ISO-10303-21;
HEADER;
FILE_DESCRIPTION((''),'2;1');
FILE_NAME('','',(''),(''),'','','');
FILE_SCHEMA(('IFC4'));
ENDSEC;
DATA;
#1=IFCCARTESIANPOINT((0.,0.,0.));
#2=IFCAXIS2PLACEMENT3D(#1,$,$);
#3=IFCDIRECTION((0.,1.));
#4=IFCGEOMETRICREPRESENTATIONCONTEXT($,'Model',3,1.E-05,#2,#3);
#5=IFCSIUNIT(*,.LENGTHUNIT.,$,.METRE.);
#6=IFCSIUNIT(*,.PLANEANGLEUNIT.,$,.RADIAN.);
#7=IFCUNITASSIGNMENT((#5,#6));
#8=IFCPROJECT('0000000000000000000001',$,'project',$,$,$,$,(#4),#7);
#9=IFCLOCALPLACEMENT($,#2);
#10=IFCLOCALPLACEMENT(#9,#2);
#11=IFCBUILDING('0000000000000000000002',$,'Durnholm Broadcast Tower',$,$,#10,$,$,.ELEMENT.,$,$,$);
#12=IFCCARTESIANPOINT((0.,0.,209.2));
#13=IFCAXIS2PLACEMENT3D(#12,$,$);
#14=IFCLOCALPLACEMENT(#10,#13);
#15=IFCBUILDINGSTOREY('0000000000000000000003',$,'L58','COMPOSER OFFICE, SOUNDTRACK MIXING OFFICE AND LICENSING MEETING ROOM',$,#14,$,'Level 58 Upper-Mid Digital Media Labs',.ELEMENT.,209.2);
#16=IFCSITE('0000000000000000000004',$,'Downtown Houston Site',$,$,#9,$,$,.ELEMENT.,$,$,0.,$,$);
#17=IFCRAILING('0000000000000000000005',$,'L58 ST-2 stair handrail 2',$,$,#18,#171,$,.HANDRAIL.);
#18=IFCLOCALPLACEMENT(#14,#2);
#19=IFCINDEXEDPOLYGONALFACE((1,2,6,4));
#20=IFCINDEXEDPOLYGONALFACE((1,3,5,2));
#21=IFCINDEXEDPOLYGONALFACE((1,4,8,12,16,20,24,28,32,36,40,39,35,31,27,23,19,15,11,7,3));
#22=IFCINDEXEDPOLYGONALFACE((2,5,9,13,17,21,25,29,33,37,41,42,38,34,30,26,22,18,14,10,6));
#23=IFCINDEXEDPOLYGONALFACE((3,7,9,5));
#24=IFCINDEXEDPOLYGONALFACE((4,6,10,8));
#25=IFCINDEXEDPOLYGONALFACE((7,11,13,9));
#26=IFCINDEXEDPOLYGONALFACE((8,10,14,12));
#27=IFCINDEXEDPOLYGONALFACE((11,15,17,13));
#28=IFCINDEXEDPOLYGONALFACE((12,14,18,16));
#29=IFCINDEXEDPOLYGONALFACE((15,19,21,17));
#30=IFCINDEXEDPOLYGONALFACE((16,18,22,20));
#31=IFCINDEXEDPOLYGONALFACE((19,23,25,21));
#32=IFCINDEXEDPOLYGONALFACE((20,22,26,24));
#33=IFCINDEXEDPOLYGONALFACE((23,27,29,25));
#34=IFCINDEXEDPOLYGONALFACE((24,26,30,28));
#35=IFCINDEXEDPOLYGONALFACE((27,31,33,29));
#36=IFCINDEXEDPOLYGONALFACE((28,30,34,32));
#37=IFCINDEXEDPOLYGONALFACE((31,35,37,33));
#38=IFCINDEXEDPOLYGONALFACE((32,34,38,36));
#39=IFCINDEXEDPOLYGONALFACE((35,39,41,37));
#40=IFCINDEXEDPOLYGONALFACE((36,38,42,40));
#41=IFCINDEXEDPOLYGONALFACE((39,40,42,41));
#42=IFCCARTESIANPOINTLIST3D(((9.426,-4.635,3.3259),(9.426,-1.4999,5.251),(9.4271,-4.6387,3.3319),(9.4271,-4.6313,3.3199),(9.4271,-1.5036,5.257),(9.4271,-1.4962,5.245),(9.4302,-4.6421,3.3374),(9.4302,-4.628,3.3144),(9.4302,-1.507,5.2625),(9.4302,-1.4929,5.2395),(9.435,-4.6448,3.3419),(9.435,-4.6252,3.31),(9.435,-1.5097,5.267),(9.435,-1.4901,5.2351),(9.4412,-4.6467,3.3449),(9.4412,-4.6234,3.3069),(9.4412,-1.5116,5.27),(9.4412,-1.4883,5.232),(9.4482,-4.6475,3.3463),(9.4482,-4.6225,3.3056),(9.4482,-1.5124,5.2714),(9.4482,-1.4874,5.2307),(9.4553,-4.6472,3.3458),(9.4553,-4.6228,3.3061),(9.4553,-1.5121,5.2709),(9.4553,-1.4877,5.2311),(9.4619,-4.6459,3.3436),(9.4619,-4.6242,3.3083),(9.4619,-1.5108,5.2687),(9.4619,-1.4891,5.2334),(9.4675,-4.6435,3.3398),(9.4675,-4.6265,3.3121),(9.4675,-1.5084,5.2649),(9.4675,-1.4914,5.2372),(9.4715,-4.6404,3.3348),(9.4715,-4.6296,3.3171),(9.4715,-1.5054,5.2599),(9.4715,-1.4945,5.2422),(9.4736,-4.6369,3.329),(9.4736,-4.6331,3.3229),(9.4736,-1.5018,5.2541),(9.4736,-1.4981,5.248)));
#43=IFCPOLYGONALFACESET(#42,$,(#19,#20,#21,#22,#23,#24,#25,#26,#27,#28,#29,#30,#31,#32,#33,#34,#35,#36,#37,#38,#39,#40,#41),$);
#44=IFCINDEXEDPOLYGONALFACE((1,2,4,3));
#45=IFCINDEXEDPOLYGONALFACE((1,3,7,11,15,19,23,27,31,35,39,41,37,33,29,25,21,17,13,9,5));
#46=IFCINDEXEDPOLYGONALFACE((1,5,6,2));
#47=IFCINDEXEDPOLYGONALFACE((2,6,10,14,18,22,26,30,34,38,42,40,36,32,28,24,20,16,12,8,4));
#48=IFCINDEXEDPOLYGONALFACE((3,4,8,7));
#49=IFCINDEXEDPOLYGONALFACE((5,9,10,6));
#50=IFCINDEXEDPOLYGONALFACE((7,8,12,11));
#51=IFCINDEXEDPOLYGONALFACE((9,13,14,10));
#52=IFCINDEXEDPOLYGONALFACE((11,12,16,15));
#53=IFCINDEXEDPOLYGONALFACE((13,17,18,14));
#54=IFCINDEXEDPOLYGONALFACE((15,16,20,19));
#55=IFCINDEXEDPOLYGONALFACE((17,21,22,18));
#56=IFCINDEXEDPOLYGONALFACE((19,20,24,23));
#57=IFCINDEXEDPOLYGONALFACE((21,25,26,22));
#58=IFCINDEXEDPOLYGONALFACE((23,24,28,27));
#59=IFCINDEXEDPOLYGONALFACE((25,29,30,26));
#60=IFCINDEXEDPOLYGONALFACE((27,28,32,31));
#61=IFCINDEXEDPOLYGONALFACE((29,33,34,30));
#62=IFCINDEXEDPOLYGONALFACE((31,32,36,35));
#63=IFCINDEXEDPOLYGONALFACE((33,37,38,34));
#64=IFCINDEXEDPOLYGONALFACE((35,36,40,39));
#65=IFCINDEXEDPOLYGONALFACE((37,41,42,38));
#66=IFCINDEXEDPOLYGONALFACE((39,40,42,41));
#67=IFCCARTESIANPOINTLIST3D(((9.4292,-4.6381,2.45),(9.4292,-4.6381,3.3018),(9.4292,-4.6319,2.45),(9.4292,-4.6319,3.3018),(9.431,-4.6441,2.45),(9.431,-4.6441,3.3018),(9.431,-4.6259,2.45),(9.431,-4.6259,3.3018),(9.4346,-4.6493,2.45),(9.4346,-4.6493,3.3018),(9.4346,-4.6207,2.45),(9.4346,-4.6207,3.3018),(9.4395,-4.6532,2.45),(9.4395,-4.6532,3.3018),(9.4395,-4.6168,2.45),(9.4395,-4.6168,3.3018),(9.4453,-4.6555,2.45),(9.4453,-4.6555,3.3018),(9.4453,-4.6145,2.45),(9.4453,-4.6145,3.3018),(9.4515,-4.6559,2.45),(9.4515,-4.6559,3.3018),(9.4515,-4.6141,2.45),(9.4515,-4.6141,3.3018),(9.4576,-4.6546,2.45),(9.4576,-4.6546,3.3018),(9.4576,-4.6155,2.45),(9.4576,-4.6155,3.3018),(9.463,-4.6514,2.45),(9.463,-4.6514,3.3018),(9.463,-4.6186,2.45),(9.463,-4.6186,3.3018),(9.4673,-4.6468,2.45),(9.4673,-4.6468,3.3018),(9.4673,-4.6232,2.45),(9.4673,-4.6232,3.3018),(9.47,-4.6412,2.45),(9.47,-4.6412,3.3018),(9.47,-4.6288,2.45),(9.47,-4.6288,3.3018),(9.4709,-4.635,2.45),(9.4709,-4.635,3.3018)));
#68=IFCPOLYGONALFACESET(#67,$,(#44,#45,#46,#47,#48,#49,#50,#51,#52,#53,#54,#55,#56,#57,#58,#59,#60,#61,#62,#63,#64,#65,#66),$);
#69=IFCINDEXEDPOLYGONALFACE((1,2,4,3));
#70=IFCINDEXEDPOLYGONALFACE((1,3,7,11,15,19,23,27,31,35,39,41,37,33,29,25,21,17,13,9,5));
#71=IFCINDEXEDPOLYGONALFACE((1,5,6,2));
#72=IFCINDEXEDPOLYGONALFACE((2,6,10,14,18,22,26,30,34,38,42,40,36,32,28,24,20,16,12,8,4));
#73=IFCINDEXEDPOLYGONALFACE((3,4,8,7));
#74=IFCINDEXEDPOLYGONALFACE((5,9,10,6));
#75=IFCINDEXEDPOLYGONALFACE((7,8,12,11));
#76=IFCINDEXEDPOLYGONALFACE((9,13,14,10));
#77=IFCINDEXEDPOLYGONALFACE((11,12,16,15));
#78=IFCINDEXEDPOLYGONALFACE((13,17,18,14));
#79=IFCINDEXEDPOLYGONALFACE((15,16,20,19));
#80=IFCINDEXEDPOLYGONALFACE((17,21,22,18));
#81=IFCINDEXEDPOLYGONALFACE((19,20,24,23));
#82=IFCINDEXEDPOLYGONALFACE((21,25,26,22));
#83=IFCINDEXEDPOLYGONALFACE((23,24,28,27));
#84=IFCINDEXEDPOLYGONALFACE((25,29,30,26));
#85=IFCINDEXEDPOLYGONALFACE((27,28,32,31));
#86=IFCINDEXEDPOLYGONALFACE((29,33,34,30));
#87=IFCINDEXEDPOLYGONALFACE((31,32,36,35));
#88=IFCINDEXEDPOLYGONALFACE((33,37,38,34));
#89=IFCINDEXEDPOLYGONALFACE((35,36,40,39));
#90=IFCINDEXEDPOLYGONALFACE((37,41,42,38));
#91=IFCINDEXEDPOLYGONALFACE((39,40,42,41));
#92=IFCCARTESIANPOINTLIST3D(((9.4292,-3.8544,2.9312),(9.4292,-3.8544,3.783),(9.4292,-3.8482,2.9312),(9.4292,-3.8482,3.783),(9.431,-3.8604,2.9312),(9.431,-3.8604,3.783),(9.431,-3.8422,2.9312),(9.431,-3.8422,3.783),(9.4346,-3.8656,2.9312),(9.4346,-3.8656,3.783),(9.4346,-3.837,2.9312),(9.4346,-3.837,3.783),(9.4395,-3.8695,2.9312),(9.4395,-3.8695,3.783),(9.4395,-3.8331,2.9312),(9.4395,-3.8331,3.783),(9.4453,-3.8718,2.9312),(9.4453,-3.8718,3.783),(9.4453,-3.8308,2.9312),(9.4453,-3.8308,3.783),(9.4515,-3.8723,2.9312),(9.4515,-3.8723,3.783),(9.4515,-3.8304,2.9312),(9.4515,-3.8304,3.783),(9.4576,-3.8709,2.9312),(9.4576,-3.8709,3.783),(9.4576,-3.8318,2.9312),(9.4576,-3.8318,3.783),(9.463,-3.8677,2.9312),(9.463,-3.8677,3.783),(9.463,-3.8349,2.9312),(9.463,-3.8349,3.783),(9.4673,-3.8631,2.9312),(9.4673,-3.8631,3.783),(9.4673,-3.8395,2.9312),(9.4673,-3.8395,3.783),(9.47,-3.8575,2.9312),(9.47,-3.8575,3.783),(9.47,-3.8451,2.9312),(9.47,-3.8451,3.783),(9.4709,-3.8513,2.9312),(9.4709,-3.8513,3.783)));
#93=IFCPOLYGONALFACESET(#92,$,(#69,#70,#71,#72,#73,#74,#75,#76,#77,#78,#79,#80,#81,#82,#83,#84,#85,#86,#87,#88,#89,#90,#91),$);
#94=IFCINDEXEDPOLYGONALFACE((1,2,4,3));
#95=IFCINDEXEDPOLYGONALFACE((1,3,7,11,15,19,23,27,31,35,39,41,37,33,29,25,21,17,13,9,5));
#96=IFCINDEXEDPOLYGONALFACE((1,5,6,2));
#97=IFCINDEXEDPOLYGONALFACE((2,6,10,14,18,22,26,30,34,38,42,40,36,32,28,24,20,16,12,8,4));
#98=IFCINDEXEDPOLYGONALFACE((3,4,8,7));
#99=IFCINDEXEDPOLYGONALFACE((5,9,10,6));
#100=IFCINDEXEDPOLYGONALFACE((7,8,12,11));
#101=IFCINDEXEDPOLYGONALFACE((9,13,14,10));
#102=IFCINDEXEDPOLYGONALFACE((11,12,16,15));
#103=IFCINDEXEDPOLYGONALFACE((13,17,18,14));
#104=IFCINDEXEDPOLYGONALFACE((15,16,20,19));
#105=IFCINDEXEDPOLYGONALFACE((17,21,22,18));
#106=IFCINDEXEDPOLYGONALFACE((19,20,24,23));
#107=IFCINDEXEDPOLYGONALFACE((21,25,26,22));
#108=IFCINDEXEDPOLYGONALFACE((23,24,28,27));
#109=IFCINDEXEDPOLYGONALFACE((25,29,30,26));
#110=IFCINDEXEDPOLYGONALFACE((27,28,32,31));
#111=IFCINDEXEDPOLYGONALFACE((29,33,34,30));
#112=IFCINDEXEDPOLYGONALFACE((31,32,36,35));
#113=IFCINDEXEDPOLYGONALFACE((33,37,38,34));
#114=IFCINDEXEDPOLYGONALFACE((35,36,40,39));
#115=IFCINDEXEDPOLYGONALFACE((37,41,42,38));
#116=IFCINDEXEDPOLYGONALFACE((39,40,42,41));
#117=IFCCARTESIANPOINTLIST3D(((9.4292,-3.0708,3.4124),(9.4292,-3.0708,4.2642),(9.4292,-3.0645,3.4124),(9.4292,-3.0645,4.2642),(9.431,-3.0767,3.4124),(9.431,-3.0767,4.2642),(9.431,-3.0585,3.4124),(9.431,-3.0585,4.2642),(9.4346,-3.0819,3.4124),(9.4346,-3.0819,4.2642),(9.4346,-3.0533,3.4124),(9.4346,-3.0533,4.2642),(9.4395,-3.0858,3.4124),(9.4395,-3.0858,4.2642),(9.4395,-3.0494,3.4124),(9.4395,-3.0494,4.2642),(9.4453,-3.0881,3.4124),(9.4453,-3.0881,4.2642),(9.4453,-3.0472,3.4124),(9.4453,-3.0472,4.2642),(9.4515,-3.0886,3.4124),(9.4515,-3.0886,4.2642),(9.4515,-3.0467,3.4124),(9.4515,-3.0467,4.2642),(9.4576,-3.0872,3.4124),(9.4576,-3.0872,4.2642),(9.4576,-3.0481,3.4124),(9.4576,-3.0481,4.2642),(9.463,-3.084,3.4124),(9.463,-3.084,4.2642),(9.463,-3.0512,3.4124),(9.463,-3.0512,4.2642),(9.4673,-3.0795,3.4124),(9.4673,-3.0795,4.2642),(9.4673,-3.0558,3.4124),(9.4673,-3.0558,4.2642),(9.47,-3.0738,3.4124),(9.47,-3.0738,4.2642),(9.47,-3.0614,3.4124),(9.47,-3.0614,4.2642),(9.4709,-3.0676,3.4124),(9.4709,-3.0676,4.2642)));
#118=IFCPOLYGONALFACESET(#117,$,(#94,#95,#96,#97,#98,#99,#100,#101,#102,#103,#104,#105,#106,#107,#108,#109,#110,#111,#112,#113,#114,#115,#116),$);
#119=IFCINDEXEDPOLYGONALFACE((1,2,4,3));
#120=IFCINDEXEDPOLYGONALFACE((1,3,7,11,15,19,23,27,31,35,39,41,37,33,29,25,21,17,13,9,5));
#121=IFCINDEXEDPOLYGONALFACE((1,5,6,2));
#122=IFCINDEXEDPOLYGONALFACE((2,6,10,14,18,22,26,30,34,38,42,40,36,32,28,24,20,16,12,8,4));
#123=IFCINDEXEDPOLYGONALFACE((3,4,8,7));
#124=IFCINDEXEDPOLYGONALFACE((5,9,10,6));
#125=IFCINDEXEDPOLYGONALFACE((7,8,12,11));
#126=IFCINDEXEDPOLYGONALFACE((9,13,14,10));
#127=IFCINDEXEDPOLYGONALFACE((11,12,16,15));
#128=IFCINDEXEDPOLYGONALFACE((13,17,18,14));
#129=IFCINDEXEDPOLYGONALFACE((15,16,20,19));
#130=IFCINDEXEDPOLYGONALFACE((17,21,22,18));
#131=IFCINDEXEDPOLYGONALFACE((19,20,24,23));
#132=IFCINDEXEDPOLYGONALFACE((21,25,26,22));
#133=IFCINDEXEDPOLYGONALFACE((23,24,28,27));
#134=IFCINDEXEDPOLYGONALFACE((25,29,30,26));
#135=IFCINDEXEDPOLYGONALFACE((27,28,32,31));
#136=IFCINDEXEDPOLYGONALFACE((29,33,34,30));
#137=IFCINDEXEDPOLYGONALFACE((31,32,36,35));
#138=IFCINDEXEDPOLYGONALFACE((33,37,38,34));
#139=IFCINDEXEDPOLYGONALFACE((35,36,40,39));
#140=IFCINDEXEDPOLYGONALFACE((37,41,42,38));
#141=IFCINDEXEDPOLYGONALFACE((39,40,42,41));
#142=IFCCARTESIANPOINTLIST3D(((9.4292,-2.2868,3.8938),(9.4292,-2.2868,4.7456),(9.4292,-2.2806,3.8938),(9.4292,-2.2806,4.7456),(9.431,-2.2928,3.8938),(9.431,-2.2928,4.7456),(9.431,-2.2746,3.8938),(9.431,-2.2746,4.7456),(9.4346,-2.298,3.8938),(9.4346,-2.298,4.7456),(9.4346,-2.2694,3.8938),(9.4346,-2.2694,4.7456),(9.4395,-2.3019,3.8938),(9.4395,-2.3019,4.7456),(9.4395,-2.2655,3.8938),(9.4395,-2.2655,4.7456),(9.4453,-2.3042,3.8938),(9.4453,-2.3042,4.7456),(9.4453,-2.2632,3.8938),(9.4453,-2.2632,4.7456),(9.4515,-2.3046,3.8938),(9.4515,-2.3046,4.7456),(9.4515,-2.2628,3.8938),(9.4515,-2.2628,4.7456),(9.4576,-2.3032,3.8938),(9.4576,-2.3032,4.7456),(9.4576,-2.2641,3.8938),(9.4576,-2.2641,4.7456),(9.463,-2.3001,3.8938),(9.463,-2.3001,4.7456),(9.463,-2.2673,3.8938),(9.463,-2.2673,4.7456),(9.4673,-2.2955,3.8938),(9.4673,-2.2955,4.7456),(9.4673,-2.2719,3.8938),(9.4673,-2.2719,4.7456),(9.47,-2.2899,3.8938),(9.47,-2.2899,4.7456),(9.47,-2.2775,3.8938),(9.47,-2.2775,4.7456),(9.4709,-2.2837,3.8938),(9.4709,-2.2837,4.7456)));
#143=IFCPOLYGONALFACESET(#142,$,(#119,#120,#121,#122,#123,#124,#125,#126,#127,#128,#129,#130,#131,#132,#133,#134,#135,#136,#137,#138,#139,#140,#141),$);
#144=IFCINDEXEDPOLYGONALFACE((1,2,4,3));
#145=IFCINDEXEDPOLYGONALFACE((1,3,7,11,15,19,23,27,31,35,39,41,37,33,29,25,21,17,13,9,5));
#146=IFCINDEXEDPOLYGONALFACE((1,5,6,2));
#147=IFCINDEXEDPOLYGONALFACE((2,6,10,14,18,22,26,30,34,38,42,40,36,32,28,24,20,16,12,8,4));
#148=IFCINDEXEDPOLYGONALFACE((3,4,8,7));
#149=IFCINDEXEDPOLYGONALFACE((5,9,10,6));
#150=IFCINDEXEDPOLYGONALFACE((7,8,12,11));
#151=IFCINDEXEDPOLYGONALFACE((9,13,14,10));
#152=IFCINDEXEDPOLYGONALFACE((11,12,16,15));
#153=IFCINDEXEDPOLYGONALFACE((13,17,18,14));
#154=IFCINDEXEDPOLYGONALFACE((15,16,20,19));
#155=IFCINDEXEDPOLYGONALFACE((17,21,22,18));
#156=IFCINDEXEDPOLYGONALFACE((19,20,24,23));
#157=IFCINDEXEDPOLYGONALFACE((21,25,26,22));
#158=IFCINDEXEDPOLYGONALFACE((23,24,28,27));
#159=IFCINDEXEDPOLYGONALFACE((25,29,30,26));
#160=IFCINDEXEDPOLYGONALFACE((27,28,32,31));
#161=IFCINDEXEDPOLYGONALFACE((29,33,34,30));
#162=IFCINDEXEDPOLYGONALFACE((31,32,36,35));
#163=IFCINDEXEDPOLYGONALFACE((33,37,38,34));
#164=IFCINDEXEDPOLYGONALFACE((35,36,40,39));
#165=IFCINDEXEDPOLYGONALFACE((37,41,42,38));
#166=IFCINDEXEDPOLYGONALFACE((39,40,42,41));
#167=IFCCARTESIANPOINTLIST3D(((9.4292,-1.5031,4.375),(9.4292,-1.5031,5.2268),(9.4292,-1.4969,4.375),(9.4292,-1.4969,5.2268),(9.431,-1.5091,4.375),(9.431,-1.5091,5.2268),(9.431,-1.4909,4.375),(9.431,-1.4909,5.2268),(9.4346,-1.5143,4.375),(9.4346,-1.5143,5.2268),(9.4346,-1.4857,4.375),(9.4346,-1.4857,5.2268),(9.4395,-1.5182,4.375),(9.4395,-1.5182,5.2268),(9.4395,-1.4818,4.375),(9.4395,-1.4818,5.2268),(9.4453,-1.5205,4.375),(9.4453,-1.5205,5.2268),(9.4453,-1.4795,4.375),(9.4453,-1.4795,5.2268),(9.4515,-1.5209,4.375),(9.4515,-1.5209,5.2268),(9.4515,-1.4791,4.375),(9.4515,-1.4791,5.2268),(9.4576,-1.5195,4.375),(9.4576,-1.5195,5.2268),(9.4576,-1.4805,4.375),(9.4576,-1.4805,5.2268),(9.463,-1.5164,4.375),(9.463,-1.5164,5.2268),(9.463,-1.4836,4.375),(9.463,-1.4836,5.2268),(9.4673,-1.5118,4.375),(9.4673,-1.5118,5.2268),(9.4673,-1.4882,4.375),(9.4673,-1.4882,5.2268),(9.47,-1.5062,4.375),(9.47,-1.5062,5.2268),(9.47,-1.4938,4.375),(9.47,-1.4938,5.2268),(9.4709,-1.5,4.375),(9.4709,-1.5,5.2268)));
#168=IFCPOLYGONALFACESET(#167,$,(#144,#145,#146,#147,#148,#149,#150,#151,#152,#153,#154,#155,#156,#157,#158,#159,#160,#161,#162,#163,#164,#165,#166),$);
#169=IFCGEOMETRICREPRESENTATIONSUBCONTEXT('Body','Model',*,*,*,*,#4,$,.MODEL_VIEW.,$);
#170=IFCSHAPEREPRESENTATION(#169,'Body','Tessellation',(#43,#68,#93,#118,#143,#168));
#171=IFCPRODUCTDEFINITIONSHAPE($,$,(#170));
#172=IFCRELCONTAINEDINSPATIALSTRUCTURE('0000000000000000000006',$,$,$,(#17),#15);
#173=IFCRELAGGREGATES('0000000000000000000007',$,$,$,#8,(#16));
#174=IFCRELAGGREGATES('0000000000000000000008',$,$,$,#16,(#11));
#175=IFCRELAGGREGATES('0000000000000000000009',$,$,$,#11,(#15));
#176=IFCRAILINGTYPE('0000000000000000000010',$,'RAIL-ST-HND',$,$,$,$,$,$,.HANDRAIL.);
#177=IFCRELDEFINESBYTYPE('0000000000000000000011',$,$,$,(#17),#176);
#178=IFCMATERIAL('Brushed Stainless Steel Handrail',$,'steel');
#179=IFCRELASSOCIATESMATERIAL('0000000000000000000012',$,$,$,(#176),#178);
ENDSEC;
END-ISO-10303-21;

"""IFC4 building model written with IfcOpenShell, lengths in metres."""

from ifc_helpers import new_model, si_unit, direction, frame, origin, origin_2d, place, context, subcontext, project, spatial, circle, extrude, material, type_object, element, save


model = new_model("IFC4")

# Units and contexts
model_context = context("Model", 3, precision=1e-05, world=origin(), true_north=direction((0.0, 1.0)))
body_context = subcontext(model_context, "Body", "Model", "MODEL_VIEW")
ifc_project = project(units=[si_unit("LENGTHUNIT", "METRE"), si_unit("PLANEANGLEUNIT", "RADIAN")], contexts=[model_context])

# Site, building, storey
site_placement = place(None, origin())
site = spatial("IfcSite", under=ifc_project, at=site_placement, Name="Downtown Houston Site", CompositionType="ELEMENT", RefElevation=0.0)
building_placement = place(site_placement, origin())
building = spatial("IfcBuilding", under=site, at=building_placement, Name="Durnholm Broadcast Tower", CompositionType="ELEMENT")
storey_placement = place(building_placement, frame((0.0, 0.0, 209.2)))
storey = spatial("IfcBuildingStorey", under=building, at=storey_placement, Name="L58", Description="COMPOSER OFFICE, SOUNDTRACK MIXING OFFICE AND LICENSING MEETING ROOM", LongName="Level 58 Upper-Mid Digital Media Labs", CompositionType="ELEMENT", Elevation=209.2)

# Railing
ifc_material_1 = material(Name="Brushed Stainless Steel Handrail", Category="steel")
railing_type_1 = type_object("IfcRailingType", Name="RAIL-ST-HND", PredefinedType="HANDRAIL", material=ifc_material_1)
railing_1_placement = place(storey_placement, frame((9.45, -4.635, 2.45)))
element("IfcRailing", 1, at=railing_1_placement, inside=storey, type_object=railing_type_1, Name="L58 ST-2 stair handrail 2", PredefinedType="HANDRAIL", context=body_context, shape_type="SweptSolid", body=[
    extrude(circle(Radius=0.0239, at=origin_2d()), frame((0.0, 0.0, 0.876), z_axis=(0.0, 0.852166, 0.523271), x_axis=(-1.0, 0.0, 0.0)), (0.0, 0.0, 1.0), 3.679),
    extrude(circle(Radius=0.021, at=origin_2d()), origin(), (0.0, 0.0, 1.0), 0.8518),
    extrude(circle(Radius=0.021, at=origin_2d()), frame((0.0, 0.7837, 0.4812)), (0.0, 0.0, 1.0), 0.8518),
    extrude(circle(Radius=0.021, at=origin_2d()), frame((0.0, 1.5674, 0.9624)), (0.0, 0.0, 1.0), 0.8518),
    extrude(circle(Radius=0.021, at=origin_2d()), frame((0.0, 2.3513, 1.4438)), (0.0, 0.0, 1.0), 0.8518),
    extrude(circle(Radius=0.021, at=origin_2d()), frame((0.0, 3.135, 1.925)), (0.0, 0.0, 1.0), 0.8518),
])

save(model, "model.ifc")
